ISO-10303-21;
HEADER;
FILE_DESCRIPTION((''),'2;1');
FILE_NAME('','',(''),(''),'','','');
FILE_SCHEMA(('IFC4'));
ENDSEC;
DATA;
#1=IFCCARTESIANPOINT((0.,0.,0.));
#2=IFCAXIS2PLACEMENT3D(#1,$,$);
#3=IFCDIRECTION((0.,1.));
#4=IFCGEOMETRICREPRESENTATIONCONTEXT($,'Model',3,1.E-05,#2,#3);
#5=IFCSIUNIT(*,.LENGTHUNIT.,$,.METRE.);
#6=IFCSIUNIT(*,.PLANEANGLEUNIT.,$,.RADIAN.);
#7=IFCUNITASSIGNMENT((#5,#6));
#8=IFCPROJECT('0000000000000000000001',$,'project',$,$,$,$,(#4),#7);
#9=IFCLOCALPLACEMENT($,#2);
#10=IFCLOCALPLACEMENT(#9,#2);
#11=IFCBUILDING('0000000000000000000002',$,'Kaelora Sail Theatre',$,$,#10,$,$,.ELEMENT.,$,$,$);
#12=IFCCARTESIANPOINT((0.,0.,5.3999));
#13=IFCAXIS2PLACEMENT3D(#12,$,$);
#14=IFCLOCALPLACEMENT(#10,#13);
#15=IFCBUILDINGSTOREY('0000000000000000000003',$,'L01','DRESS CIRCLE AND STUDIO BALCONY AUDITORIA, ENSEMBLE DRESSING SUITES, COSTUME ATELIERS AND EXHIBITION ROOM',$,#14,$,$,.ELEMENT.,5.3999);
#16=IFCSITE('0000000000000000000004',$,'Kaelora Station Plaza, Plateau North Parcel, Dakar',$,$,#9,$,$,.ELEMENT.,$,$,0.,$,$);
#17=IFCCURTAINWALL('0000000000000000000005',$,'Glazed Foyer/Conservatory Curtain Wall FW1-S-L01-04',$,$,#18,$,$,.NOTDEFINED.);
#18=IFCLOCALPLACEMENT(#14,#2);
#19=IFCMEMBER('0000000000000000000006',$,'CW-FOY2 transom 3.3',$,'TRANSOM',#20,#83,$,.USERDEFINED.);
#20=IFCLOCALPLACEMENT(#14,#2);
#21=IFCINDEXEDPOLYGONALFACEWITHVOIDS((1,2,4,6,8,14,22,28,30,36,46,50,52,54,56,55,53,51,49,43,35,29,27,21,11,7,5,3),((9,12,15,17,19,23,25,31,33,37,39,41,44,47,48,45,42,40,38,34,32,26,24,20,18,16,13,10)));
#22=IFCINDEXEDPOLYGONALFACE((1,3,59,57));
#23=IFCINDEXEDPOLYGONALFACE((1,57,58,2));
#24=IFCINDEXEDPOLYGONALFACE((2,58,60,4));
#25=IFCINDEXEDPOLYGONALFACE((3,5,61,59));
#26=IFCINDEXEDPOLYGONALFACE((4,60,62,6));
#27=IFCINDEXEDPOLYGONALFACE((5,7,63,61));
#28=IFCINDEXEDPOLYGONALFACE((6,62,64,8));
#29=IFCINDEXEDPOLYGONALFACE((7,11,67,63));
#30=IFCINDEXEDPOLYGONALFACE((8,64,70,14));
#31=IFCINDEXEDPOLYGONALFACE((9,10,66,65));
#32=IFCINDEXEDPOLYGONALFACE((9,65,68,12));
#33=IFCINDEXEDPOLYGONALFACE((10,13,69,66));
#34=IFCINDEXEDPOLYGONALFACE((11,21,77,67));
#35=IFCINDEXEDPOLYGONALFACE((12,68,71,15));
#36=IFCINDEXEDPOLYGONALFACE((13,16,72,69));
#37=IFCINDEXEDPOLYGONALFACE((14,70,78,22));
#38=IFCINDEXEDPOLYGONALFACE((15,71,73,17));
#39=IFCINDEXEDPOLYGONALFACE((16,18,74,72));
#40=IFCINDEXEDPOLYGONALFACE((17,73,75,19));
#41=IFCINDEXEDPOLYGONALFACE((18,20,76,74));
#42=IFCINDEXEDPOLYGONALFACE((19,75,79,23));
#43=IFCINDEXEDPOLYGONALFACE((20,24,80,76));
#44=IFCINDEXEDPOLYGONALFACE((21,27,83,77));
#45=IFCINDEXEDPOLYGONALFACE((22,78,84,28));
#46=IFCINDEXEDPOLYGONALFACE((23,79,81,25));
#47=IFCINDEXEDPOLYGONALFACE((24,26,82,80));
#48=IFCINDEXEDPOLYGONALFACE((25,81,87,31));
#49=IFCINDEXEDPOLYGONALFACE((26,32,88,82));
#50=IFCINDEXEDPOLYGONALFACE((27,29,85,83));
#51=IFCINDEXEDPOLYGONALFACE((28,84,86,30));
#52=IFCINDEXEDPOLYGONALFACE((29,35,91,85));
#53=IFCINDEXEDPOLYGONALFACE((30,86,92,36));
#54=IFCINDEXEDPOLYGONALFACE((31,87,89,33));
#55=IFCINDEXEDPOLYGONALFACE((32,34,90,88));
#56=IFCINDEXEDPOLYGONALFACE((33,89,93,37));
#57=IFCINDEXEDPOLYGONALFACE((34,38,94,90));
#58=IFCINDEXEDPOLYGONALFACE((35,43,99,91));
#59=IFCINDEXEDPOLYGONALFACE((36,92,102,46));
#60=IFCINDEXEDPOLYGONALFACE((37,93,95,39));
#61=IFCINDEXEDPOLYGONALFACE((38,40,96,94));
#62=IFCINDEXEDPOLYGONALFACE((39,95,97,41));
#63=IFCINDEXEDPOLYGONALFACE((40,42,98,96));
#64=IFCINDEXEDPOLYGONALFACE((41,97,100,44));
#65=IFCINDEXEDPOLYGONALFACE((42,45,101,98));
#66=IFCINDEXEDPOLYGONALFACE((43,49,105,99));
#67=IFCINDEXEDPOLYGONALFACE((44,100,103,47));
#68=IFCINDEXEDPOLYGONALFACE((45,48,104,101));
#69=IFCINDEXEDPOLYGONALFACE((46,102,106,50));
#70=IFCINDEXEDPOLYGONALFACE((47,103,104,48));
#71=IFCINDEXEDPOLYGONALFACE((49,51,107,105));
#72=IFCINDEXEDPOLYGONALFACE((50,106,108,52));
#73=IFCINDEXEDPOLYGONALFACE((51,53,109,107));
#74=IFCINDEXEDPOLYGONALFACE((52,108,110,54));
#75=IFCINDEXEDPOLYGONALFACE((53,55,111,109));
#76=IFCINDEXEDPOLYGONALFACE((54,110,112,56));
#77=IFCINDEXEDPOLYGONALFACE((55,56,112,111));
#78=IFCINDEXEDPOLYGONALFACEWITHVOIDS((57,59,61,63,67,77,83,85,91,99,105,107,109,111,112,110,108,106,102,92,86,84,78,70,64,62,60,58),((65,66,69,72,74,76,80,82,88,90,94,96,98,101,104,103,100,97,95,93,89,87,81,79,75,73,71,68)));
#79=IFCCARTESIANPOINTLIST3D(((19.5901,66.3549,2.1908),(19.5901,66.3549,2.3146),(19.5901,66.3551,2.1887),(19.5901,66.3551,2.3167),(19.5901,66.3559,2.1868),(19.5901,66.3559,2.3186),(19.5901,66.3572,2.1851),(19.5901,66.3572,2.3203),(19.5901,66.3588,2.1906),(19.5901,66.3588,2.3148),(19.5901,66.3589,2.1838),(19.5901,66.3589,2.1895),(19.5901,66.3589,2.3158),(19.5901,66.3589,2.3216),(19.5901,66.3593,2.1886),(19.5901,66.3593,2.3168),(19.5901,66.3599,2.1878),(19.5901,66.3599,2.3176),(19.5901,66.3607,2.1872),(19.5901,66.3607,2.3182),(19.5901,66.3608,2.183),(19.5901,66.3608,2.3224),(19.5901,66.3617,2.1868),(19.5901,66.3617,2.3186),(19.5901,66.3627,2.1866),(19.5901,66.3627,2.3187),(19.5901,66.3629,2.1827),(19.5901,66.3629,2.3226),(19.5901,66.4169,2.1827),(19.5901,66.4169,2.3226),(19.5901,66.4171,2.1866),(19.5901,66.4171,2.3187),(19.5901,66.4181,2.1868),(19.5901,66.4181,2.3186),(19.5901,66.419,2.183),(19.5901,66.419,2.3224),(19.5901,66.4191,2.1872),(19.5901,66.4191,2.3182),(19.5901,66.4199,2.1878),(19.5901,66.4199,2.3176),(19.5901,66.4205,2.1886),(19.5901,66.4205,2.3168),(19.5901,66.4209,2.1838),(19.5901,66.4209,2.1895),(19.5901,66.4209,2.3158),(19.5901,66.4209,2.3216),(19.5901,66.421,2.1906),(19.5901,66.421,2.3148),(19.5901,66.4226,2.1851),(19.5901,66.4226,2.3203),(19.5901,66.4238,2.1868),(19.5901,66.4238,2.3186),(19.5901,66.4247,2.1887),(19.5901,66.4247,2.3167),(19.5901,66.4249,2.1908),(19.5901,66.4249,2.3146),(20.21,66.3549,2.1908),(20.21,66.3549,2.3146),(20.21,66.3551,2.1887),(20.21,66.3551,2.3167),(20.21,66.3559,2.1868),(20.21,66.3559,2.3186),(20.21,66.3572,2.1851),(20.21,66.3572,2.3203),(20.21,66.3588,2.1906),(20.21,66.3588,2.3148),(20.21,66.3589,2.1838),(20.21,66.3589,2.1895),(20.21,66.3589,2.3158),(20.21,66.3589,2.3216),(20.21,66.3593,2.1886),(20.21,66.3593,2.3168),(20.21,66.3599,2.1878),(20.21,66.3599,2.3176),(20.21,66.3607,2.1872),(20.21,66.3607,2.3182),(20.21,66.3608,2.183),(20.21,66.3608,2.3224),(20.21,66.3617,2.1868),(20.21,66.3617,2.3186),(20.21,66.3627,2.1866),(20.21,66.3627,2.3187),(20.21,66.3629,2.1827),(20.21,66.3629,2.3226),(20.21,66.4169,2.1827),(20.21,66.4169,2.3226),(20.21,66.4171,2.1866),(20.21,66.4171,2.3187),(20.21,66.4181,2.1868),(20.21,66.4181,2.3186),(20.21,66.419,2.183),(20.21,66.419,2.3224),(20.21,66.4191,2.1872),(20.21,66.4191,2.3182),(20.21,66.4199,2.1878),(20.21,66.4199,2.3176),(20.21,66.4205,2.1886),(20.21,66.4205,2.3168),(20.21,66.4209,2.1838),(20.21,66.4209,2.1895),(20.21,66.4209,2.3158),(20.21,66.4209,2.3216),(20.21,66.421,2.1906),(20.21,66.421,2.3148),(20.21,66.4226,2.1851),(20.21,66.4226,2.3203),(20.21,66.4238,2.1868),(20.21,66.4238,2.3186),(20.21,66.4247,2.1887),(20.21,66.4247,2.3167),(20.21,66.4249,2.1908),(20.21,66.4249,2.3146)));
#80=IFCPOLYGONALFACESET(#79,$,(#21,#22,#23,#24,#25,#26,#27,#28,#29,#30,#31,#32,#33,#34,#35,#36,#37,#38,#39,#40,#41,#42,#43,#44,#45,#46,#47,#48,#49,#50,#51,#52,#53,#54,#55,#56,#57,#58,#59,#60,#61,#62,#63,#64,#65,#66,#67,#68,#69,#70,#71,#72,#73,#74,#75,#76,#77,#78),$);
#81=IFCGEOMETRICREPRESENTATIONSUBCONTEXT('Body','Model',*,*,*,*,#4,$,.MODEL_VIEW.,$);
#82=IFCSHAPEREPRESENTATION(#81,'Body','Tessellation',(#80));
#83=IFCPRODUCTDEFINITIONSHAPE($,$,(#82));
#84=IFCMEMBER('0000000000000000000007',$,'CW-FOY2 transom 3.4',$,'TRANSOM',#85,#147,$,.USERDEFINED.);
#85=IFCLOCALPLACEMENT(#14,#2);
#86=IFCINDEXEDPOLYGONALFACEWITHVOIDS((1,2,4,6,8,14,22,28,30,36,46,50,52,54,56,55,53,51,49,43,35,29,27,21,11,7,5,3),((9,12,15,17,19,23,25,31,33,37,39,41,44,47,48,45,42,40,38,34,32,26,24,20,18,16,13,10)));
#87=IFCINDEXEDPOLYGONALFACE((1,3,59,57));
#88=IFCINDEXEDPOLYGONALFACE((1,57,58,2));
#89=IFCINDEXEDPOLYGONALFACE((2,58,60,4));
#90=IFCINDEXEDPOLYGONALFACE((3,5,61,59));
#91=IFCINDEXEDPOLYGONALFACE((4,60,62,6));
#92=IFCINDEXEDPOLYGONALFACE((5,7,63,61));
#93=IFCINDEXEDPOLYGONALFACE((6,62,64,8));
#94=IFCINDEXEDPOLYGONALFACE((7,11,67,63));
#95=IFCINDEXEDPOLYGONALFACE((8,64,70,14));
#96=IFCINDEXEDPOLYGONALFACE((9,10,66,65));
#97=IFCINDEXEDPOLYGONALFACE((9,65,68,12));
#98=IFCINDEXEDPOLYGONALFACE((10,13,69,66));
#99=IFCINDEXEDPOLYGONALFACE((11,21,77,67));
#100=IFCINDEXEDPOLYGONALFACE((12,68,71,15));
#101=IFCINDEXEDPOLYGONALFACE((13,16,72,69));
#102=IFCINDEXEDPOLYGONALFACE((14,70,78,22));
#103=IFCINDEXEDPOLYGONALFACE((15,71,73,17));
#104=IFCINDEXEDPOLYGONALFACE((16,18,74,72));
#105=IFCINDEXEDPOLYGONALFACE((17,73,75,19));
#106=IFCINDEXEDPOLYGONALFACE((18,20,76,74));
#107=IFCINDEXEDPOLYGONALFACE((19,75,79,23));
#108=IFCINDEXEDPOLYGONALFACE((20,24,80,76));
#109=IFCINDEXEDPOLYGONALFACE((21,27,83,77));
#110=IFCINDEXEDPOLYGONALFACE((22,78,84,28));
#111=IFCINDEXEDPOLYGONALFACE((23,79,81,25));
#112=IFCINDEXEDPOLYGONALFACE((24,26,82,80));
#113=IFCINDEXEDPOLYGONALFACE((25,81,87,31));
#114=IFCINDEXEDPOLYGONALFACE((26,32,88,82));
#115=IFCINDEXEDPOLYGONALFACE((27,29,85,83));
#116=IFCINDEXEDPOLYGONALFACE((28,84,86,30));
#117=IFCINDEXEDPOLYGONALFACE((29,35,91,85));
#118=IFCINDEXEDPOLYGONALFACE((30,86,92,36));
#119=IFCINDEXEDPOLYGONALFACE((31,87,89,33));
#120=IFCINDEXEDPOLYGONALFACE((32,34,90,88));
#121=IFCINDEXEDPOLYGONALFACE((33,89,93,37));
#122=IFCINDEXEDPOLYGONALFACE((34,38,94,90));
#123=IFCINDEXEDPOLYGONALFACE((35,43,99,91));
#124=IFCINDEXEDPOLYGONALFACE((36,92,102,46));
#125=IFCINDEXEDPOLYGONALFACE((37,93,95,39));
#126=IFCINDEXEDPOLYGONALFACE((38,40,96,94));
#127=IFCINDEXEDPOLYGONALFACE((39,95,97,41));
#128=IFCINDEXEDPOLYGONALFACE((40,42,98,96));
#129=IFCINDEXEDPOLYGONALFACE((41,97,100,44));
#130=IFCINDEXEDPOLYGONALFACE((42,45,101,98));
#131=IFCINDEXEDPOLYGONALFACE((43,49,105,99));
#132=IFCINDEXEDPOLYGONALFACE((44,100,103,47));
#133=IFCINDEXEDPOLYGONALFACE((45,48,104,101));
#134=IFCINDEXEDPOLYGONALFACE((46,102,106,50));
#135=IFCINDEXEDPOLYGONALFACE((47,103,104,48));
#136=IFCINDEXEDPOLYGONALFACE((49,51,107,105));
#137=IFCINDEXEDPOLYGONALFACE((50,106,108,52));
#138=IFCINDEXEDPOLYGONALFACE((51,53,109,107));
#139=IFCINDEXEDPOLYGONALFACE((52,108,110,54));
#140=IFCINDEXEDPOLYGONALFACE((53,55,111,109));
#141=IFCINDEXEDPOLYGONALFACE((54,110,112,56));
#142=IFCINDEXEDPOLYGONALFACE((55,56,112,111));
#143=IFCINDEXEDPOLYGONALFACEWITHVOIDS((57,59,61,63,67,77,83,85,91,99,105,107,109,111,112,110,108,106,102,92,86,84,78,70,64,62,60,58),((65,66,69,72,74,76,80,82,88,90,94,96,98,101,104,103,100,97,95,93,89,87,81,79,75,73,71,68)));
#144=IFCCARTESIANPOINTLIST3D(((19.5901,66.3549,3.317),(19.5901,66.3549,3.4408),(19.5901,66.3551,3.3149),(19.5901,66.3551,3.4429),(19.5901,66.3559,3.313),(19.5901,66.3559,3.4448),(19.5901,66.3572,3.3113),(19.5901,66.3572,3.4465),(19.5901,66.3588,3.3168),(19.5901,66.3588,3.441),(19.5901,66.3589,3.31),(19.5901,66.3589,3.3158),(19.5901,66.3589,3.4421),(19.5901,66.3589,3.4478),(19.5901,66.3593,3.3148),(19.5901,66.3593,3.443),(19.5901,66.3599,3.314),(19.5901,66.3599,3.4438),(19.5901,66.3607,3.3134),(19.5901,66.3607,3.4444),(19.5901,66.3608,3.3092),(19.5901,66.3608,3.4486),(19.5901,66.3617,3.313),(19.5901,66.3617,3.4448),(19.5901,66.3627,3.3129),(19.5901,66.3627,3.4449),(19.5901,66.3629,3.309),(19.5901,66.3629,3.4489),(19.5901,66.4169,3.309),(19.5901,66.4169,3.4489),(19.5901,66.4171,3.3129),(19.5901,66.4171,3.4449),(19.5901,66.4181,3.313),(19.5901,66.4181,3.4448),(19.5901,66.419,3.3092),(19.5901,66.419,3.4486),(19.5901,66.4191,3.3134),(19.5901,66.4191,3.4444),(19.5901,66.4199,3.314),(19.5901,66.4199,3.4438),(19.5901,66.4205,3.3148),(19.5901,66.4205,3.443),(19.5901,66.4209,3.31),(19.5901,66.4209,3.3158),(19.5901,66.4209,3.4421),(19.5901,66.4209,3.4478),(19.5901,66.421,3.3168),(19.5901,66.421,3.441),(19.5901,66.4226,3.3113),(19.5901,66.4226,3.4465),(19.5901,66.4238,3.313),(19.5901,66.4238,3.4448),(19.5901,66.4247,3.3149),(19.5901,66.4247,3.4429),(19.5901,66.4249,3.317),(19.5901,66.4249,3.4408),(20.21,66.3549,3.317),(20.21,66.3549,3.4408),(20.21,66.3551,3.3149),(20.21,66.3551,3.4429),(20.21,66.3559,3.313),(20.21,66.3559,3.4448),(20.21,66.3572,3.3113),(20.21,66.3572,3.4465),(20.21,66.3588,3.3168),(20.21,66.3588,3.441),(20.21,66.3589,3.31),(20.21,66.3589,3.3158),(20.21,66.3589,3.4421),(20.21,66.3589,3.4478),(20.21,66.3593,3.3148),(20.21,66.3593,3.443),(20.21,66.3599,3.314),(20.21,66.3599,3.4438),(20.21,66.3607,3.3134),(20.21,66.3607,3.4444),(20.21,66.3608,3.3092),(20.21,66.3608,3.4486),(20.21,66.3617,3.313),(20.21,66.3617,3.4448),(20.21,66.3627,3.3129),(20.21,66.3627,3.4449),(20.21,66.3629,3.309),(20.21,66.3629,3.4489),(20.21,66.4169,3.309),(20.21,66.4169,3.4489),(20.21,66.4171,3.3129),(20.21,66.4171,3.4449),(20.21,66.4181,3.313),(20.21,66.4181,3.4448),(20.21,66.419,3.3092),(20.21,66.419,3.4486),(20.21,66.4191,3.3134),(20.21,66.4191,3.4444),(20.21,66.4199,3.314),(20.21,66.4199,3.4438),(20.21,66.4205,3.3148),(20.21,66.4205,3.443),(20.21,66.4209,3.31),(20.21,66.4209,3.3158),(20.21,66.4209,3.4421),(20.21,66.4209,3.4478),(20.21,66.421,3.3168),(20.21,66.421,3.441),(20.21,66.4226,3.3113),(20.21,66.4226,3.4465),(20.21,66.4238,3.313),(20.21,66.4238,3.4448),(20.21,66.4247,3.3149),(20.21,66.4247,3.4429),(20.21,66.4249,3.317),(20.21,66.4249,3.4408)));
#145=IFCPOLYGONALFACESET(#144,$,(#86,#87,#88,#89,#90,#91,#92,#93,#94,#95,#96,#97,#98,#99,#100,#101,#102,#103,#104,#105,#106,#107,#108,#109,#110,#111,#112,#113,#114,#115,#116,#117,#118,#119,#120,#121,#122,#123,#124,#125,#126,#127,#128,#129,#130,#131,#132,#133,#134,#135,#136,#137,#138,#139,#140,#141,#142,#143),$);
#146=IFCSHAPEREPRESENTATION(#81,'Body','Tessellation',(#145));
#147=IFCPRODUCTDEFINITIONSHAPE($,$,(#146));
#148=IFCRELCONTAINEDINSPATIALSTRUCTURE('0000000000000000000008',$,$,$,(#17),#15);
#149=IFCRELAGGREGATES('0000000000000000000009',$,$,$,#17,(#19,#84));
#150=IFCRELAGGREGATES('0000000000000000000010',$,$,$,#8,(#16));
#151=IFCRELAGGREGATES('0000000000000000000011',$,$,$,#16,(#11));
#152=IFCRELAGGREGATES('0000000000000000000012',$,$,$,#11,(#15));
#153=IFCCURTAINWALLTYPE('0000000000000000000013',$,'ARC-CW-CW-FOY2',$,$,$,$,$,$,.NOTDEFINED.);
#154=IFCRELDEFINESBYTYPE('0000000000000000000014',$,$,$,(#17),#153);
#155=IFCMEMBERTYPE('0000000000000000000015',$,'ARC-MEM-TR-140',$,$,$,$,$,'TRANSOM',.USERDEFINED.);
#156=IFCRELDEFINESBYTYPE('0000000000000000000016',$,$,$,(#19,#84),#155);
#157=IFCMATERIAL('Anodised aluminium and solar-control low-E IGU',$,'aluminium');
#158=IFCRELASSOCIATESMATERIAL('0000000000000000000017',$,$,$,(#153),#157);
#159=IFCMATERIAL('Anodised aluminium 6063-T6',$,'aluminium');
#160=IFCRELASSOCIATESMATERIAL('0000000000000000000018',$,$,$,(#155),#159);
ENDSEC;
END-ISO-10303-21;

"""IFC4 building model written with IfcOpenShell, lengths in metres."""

from ifc_helpers import new_model, si_unit, direction, frame, origin, origin_2d, place, context, subcontext, project, spatial, hollow_rectangle, extrude, material, material_profile, profile_set, type_object, element, aggregate, save


model = new_model("IFC4")

# Units and contexts
model_context = context("Model", 3, precision=1e-05, world=origin(), true_north=direction((0.0, 1.0)))
body_context = subcontext(model_context, "Body", "Model", "MODEL_VIEW")
ifc_project = project(units=[si_unit("LENGTHUNIT", "METRE"), si_unit("PLANEANGLEUNIT", "RADIAN")], contexts=[model_context])

# Site, building, storey
site_placement = place(None, origin())
site = spatial("IfcSite", under=ifc_project, at=site_placement, Name="Kaelora Station Plaza, Plateau North Parcel, Dakar", CompositionType="ELEMENT", RefElevation=0.0)
building_placement = place(site_placement, origin())
building = spatial("IfcBuilding", under=site, at=building_placement, Name="Kaelora Sail Theatre", CompositionType="ELEMENT")
storey_placement = place(building_placement, frame((0.0, 0.0, 5.3999)))
storey = spatial("IfcBuildingStorey", under=building, at=storey_placement, Name="L01", Description="DRESS CIRCLE AND STUDIO BALCONY AUDITORIA, ENSEMBLE DRESSING SUITES, COSTUME ATELIERS AND EXHIBITION ROOM", CompositionType="ELEMENT", Elevation=5.3999)

# Curtain wall, members
ifc_material_1 = material(Name="Anodised aluminium and solar-control low-E IGU", Category="aluminium")
curtain_wall_type = type_object("IfcCurtainWallType", Name="ARC-CW-CW-FOY2", PredefinedType="NOTDEFINED", material=ifc_material_1)
curtain_wall_placement = place(storey_placement, origin())
curtain_wall = element("IfcCurtainWall", 1, at=curtain_wall_placement, inside=storey, type_object=curtain_wall_type, Name="Glazed Foyer/Conservatory Curtain Wall FW1-S-L01-04", PredefinedType="NOTDEFINED")
ifc_material_2 = material(Name="Anodised aluminium 6063-T6", Category="aluminium")
ifc_material_profile_1 = material_profile(ifc_material_2, hollow_rectangle(XDim=0.0701, YDim=0.1399, WallThickness=0.0039, InnerFilletRadius=0.0039, OuterFilletRadius=0.0081, at=origin_2d()), Name="ALU-TRAN 70x140x4")
ifc_profile_set_1 = profile_set([ifc_material_profile_1], Name="Anodised aluminium 6063-T6")
member_type_1 = type_object("IfcMemberType", Name="ARC-MEM-TR-140", ElementType="TRANSOM", PredefinedType="USERDEFINED", material=ifc_profile_set_1)
member_1_placement = place(storey_placement, frame((19.5901, 66.3899, 2.2527), z_axis=(1.0, 0.0, 0.0), x_axis=(0.0, 1.0, 0.0)))
member_1 = element("IfcMember", 2, at=member_1_placement, type_object=member_type_1, Name="CW-FOY2 transom 3.3", ObjectType="TRANSOM", PredefinedType="USERDEFINED", context=body_context, shape_type="SweptSolid", body=[
    extrude(hollow_rectangle(XDim=0.0701, YDim=0.1399, WallThickness=0.0039, InnerFilletRadius=0.0039, OuterFilletRadius=0.0081, at=origin_2d()), origin(), (0.0, 0.0, 1.0), 0.6199),
])
member_2_placement = place(storey_placement, frame((19.5901, 66.3899, 3.3789), z_axis=(1.0, 0.0, 0.0), x_axis=(0.0, 1.0, 0.0)))
member_2 = element("IfcMember", 3, at=member_2_placement, type_object=member_type_1, Name="CW-FOY2 transom 3.4", ObjectType="TRANSOM", PredefinedType="USERDEFINED", context=body_context, shape_type="SweptSolid", body=[
    extrude(hollow_rectangle(XDim=0.0701, YDim=0.1399, WallThickness=0.0039, InnerFilletRadius=0.0039, OuterFilletRadius=0.0081, at=origin_2d()), origin(), (0.0, 0.0, 1.0), 0.6199),
])
aggregate(curtain_wall, [member_1, member_2])

save(model, "model.ifc")
